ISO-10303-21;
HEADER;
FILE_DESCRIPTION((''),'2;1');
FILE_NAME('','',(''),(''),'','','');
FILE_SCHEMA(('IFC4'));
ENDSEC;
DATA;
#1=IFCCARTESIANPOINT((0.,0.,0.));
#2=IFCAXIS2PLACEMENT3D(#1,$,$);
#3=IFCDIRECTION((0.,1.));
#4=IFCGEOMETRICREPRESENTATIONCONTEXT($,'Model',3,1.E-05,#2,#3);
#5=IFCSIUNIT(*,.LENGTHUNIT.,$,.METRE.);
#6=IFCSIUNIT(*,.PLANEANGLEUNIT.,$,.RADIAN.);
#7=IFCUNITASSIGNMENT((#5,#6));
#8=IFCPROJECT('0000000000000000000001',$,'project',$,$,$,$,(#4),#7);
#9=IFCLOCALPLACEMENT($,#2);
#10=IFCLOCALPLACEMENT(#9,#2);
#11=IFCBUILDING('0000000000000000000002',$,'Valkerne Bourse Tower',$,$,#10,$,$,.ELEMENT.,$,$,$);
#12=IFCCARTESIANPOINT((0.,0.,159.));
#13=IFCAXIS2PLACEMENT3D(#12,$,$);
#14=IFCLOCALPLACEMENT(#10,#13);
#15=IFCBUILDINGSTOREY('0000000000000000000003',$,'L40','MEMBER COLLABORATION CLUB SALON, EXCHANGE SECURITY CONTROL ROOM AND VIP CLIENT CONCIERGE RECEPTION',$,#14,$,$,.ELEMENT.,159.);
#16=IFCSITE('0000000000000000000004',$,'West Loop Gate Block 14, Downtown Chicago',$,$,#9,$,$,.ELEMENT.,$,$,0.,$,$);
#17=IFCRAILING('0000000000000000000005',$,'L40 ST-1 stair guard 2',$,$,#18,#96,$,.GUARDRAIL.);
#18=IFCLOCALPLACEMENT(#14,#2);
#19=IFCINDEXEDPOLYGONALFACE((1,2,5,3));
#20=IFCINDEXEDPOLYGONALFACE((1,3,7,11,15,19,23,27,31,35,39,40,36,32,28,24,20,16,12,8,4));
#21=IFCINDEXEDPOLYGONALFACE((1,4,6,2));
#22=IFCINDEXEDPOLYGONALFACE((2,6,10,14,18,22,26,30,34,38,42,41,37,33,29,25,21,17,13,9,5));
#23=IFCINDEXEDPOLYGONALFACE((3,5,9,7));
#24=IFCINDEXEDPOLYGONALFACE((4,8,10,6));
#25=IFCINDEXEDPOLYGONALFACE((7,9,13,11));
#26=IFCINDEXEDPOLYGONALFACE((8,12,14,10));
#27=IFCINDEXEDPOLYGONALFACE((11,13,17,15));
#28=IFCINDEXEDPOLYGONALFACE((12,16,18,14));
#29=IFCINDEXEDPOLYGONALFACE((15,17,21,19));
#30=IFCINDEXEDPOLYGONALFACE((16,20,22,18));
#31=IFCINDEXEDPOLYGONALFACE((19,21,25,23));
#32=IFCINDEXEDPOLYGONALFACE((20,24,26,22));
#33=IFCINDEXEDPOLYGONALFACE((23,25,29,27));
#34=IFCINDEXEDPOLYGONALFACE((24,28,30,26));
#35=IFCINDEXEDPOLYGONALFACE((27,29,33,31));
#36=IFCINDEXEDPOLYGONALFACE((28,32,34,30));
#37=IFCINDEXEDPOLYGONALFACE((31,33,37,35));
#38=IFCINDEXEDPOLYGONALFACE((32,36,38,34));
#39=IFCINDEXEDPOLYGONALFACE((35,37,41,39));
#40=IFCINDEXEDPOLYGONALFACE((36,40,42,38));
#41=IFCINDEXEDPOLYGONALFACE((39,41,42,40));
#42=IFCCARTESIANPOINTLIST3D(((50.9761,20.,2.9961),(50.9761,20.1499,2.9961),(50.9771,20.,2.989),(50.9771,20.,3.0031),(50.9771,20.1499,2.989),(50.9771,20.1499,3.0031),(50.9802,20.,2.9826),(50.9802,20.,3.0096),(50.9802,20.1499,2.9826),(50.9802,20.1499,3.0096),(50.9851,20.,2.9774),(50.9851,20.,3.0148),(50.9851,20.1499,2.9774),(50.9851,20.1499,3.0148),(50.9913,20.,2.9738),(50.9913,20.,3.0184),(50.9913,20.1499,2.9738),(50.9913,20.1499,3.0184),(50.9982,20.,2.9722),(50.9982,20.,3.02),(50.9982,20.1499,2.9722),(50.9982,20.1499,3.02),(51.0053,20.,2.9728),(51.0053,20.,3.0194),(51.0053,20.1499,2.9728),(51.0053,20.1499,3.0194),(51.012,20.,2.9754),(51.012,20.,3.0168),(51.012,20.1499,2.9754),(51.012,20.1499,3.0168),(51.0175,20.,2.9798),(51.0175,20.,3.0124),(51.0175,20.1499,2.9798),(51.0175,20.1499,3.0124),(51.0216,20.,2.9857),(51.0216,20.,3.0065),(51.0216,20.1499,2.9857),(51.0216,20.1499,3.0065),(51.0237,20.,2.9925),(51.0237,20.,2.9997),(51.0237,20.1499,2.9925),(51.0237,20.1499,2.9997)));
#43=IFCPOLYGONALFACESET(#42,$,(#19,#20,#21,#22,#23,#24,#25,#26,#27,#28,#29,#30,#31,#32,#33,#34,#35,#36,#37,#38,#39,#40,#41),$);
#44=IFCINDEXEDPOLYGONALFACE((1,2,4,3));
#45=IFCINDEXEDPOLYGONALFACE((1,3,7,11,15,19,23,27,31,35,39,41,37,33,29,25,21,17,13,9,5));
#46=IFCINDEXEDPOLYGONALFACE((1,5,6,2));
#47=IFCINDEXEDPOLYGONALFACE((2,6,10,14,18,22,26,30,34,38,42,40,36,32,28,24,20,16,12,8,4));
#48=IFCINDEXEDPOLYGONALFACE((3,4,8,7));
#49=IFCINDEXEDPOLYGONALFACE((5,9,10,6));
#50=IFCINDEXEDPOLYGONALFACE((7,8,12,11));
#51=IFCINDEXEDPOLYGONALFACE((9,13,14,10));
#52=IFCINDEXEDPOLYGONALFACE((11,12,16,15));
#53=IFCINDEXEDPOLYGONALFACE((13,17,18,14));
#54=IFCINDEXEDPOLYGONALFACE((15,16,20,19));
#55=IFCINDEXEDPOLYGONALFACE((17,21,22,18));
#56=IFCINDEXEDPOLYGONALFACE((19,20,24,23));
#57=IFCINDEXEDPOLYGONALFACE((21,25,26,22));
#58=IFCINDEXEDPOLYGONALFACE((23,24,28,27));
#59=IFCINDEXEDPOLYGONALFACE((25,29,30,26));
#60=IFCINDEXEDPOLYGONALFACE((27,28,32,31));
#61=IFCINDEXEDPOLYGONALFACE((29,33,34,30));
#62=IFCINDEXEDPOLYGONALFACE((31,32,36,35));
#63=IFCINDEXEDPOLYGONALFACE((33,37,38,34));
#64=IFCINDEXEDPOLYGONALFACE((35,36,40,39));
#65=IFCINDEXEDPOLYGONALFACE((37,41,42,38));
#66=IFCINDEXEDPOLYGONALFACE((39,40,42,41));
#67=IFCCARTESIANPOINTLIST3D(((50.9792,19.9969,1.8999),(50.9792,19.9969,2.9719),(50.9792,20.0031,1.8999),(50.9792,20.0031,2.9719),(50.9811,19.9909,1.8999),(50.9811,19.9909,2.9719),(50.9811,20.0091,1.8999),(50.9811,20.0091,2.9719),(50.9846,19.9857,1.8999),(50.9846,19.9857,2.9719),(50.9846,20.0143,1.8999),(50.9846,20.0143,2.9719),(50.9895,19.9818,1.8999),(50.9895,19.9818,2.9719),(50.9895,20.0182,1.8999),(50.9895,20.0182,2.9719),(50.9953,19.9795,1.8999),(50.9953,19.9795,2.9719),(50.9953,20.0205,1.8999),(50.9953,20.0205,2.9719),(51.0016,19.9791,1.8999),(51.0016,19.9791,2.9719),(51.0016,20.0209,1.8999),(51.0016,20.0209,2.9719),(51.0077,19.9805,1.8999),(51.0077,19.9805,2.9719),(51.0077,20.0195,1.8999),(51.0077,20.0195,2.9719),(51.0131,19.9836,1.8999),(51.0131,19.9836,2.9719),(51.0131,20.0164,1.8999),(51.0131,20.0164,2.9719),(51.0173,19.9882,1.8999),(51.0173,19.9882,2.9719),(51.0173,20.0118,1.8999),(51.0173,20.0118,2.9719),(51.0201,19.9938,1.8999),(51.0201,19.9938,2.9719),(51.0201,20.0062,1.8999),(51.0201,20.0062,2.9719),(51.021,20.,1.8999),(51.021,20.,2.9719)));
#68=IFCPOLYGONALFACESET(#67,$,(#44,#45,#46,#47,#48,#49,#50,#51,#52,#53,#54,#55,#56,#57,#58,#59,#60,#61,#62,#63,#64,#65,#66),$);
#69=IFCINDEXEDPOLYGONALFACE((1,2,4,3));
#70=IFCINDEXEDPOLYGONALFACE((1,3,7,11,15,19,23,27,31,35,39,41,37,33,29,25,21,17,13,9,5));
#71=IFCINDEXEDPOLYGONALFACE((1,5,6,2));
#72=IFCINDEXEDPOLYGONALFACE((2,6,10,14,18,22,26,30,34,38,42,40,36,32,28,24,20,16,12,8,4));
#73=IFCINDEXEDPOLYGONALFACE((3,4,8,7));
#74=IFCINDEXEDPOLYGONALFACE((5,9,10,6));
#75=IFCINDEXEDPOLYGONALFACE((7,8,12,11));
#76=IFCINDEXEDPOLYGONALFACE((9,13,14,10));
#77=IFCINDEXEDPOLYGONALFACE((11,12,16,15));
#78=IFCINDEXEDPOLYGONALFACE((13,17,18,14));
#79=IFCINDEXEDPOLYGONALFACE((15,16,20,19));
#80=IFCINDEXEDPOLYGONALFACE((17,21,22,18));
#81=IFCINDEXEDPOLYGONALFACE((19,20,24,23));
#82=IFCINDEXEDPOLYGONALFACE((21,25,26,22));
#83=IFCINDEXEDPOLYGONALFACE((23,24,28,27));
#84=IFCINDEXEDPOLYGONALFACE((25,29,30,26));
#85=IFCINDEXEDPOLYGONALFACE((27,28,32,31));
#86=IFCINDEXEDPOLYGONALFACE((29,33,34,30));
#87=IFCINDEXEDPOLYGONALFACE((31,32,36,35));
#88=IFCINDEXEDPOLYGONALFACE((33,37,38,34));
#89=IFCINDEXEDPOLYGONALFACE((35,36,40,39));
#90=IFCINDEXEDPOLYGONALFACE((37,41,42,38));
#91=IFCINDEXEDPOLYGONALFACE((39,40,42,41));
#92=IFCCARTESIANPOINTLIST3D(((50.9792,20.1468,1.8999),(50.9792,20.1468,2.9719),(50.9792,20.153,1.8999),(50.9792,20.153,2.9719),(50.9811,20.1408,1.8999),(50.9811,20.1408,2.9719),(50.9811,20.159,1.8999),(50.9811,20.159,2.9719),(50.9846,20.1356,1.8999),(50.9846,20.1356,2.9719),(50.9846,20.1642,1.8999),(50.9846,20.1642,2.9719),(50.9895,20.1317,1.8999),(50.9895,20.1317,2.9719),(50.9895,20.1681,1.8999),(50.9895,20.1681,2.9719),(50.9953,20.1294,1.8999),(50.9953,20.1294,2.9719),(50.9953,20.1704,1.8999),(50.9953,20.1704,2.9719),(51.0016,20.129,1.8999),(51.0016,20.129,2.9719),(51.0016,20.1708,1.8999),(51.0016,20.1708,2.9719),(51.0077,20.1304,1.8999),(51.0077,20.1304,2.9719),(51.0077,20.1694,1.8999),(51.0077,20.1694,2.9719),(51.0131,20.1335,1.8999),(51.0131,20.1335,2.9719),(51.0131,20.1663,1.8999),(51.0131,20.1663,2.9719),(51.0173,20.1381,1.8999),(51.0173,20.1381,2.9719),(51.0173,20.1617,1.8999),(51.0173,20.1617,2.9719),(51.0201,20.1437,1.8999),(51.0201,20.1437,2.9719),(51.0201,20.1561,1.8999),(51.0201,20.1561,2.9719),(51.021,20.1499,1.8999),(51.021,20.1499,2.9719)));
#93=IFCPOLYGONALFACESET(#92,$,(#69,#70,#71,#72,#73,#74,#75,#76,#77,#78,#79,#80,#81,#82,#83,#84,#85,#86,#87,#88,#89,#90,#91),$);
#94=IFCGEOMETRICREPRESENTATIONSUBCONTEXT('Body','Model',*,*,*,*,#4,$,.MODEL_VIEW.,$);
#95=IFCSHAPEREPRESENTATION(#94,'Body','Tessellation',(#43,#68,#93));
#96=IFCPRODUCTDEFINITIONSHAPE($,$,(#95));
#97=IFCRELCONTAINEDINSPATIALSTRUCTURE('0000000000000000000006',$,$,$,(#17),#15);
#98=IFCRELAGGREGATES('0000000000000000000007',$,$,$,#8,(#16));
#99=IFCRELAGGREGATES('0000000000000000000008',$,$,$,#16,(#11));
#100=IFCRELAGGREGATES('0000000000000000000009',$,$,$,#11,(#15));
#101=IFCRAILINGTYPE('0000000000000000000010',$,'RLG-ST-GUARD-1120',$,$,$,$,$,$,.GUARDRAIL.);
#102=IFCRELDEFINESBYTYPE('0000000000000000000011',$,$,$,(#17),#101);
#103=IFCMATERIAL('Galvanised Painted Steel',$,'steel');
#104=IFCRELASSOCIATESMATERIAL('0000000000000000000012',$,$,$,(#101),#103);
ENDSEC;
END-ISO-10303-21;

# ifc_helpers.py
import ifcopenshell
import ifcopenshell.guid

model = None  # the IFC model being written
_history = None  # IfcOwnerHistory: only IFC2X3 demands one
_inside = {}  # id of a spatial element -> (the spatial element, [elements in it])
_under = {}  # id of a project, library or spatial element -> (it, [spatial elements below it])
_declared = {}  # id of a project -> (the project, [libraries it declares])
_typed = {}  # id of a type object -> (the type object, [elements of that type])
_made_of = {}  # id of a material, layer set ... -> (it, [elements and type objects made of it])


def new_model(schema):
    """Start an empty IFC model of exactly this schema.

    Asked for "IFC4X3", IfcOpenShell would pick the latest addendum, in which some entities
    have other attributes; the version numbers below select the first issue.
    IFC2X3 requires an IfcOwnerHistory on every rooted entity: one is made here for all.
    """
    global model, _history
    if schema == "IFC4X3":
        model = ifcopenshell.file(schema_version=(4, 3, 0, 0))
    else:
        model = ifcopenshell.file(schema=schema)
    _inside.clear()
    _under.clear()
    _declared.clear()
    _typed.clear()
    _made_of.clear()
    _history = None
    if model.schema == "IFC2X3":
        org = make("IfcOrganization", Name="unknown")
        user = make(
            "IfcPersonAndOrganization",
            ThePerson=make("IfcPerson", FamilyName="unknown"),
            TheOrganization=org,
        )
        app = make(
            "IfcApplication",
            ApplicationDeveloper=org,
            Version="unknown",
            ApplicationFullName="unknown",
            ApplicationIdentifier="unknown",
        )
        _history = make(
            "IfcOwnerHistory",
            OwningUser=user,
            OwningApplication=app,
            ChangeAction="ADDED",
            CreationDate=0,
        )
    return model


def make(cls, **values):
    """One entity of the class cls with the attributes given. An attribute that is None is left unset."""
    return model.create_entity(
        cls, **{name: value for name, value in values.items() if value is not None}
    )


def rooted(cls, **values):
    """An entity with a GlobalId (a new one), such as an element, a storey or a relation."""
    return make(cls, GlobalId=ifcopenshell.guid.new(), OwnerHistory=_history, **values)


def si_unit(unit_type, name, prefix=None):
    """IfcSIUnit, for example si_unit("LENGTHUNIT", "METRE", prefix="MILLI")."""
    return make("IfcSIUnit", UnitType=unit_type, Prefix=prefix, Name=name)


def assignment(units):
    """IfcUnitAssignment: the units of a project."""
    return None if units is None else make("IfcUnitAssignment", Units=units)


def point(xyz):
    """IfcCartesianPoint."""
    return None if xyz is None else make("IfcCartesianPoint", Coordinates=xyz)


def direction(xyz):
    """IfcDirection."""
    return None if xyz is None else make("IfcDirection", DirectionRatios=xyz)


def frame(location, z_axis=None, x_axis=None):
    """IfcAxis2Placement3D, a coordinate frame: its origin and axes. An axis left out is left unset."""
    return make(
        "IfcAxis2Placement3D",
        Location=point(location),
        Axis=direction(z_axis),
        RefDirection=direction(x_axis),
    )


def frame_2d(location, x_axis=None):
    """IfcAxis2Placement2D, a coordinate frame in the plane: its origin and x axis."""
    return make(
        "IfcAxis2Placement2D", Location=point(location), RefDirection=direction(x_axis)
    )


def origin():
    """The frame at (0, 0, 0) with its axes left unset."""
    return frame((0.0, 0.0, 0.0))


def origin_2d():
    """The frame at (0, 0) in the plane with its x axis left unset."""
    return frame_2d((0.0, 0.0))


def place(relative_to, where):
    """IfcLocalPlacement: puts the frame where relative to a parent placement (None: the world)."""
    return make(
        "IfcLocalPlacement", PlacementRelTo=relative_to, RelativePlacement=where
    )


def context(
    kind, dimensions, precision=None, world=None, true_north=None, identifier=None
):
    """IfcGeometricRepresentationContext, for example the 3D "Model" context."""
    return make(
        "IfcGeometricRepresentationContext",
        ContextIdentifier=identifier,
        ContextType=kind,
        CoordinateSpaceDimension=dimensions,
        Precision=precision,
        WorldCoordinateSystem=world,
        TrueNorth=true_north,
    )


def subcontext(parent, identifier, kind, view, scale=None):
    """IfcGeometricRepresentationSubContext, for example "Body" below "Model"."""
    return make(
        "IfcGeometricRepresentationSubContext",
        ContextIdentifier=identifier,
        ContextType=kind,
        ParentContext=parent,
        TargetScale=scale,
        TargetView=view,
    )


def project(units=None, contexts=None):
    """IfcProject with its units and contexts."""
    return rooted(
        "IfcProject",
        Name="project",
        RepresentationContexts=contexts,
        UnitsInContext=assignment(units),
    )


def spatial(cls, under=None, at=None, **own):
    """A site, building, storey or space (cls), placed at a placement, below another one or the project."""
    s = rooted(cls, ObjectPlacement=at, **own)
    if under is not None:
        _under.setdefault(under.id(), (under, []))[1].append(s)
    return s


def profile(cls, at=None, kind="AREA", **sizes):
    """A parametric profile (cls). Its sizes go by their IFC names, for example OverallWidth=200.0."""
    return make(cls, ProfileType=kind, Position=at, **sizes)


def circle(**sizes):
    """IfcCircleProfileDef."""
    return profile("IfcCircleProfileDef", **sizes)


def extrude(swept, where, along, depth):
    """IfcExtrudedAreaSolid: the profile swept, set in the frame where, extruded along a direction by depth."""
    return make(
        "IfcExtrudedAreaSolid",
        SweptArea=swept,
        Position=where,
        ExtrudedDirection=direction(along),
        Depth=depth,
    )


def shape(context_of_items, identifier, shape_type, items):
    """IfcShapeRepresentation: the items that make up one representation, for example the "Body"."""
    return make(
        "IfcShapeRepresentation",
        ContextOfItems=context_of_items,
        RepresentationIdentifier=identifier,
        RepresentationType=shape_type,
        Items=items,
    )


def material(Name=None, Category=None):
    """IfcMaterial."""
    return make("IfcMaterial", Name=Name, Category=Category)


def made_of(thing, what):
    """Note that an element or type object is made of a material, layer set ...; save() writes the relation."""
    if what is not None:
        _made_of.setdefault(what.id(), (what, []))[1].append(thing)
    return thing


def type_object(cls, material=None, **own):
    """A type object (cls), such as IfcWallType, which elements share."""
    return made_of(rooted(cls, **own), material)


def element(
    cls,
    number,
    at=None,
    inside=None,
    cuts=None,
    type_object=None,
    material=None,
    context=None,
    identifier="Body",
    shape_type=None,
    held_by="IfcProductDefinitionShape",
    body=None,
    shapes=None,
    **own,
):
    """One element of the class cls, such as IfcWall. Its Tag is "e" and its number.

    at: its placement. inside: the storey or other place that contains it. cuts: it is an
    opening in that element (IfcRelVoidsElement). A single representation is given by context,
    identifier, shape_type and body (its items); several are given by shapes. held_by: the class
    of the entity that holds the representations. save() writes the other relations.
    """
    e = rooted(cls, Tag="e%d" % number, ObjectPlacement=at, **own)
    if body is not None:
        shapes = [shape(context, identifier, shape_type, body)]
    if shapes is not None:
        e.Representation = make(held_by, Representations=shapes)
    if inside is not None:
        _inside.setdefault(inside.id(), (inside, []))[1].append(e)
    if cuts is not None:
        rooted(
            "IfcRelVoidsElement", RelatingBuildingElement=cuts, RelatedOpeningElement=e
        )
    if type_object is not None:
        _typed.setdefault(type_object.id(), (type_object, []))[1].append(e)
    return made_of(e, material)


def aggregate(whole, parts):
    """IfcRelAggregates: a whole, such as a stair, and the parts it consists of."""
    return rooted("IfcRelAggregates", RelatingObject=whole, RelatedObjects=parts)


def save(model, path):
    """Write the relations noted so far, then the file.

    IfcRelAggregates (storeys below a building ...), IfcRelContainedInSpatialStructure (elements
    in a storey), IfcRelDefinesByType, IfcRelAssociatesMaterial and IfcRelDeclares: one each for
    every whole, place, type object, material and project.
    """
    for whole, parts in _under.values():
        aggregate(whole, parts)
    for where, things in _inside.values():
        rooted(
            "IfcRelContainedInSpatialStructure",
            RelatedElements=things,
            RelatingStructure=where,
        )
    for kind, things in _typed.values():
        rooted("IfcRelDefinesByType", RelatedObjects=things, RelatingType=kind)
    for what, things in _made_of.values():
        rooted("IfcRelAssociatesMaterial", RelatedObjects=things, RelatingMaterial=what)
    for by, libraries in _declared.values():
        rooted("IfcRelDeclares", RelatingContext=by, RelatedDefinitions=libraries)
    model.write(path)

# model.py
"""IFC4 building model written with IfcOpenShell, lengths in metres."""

from ifc_helpers import new_model, si_unit, direction, frame, origin, origin_2d, place, context, subcontext, project, spatial, circle, extrude, material, type_object, element, save


model = new_model("IFC4")

# Units and contexts
model_context = context("Model", 3, precision=1e-05, world=origin(), true_north=direction((0.0, 1.0)))
body_context = subcontext(model_context, "Body", "Model", "MODEL_VIEW")
ifc_project = project(units=[si_unit("LENGTHUNIT", "METRE"), si_unit("PLANEANGLEUNIT", "RADIAN")], contexts=[model_context])

# Site, building, storey
site_placement = place(None, origin())
site = spatial("IfcSite", under=ifc_project, at=site_placement, Name="West Loop Gate Block 14, Downtown Chicago", CompositionType="ELEMENT", RefElevation=0.0)
building_placement = place(site_placement, origin())
building = spatial("IfcBuilding", under=site, at=building_placement, Name="Valkerne Bourse Tower", CompositionType="ELEMENT")
storey_placement = place(building_placement, frame((0.0, 0.0, 159.0)))
storey = spatial("IfcBuildingStorey", under=building, at=storey_placement, Name="L40", Description="MEMBER COLLABORATION CLUB SALON, EXCHANGE SECURITY CONTROL ROOM AND VIP CLIENT CONCIERGE RECEPTION", CompositionType="ELEMENT", Elevation=159.0)

# Railing
ifc_material_1 = material(Name="Galvanised Painted Steel", Category="steel")
railing_type = type_object("IfcRailingType", Name="RLG-ST-GUARD-1120", PredefinedType="GUARDRAIL", material=ifc_material_1)
railing_placement = place(storey_placement, frame((51.0, 20.0, 1.8999)))
element("IfcRailing", 1, at=railing_placement, inside=storey, type_object=railing_type, Name="L40 ST-1 stair guard 2", PredefinedType="GUARDRAIL", context=body_context, shape_type="SweptSolid", body=[
    extrude(circle(Radius=0.0239, at=origin_2d()), frame((0.0, 0.0, 1.0962), z_axis=(0.0, 1.0, 0.0), x_axis=(-1.0, 0.0, 0.0)), (0.0, 0.0, 1.0), 0.1499),
    extrude(circle(Radius=0.021, at=origin_2d()), origin(), (0.0, 0.0, 1.0), 1.072),
    extrude(circle(Radius=0.021, at=origin_2d()), frame((0.0, 0.1499, 0.0)), (0.0, 0.0, 1.0), 1.072),
])

save(model, "model.ifc")
